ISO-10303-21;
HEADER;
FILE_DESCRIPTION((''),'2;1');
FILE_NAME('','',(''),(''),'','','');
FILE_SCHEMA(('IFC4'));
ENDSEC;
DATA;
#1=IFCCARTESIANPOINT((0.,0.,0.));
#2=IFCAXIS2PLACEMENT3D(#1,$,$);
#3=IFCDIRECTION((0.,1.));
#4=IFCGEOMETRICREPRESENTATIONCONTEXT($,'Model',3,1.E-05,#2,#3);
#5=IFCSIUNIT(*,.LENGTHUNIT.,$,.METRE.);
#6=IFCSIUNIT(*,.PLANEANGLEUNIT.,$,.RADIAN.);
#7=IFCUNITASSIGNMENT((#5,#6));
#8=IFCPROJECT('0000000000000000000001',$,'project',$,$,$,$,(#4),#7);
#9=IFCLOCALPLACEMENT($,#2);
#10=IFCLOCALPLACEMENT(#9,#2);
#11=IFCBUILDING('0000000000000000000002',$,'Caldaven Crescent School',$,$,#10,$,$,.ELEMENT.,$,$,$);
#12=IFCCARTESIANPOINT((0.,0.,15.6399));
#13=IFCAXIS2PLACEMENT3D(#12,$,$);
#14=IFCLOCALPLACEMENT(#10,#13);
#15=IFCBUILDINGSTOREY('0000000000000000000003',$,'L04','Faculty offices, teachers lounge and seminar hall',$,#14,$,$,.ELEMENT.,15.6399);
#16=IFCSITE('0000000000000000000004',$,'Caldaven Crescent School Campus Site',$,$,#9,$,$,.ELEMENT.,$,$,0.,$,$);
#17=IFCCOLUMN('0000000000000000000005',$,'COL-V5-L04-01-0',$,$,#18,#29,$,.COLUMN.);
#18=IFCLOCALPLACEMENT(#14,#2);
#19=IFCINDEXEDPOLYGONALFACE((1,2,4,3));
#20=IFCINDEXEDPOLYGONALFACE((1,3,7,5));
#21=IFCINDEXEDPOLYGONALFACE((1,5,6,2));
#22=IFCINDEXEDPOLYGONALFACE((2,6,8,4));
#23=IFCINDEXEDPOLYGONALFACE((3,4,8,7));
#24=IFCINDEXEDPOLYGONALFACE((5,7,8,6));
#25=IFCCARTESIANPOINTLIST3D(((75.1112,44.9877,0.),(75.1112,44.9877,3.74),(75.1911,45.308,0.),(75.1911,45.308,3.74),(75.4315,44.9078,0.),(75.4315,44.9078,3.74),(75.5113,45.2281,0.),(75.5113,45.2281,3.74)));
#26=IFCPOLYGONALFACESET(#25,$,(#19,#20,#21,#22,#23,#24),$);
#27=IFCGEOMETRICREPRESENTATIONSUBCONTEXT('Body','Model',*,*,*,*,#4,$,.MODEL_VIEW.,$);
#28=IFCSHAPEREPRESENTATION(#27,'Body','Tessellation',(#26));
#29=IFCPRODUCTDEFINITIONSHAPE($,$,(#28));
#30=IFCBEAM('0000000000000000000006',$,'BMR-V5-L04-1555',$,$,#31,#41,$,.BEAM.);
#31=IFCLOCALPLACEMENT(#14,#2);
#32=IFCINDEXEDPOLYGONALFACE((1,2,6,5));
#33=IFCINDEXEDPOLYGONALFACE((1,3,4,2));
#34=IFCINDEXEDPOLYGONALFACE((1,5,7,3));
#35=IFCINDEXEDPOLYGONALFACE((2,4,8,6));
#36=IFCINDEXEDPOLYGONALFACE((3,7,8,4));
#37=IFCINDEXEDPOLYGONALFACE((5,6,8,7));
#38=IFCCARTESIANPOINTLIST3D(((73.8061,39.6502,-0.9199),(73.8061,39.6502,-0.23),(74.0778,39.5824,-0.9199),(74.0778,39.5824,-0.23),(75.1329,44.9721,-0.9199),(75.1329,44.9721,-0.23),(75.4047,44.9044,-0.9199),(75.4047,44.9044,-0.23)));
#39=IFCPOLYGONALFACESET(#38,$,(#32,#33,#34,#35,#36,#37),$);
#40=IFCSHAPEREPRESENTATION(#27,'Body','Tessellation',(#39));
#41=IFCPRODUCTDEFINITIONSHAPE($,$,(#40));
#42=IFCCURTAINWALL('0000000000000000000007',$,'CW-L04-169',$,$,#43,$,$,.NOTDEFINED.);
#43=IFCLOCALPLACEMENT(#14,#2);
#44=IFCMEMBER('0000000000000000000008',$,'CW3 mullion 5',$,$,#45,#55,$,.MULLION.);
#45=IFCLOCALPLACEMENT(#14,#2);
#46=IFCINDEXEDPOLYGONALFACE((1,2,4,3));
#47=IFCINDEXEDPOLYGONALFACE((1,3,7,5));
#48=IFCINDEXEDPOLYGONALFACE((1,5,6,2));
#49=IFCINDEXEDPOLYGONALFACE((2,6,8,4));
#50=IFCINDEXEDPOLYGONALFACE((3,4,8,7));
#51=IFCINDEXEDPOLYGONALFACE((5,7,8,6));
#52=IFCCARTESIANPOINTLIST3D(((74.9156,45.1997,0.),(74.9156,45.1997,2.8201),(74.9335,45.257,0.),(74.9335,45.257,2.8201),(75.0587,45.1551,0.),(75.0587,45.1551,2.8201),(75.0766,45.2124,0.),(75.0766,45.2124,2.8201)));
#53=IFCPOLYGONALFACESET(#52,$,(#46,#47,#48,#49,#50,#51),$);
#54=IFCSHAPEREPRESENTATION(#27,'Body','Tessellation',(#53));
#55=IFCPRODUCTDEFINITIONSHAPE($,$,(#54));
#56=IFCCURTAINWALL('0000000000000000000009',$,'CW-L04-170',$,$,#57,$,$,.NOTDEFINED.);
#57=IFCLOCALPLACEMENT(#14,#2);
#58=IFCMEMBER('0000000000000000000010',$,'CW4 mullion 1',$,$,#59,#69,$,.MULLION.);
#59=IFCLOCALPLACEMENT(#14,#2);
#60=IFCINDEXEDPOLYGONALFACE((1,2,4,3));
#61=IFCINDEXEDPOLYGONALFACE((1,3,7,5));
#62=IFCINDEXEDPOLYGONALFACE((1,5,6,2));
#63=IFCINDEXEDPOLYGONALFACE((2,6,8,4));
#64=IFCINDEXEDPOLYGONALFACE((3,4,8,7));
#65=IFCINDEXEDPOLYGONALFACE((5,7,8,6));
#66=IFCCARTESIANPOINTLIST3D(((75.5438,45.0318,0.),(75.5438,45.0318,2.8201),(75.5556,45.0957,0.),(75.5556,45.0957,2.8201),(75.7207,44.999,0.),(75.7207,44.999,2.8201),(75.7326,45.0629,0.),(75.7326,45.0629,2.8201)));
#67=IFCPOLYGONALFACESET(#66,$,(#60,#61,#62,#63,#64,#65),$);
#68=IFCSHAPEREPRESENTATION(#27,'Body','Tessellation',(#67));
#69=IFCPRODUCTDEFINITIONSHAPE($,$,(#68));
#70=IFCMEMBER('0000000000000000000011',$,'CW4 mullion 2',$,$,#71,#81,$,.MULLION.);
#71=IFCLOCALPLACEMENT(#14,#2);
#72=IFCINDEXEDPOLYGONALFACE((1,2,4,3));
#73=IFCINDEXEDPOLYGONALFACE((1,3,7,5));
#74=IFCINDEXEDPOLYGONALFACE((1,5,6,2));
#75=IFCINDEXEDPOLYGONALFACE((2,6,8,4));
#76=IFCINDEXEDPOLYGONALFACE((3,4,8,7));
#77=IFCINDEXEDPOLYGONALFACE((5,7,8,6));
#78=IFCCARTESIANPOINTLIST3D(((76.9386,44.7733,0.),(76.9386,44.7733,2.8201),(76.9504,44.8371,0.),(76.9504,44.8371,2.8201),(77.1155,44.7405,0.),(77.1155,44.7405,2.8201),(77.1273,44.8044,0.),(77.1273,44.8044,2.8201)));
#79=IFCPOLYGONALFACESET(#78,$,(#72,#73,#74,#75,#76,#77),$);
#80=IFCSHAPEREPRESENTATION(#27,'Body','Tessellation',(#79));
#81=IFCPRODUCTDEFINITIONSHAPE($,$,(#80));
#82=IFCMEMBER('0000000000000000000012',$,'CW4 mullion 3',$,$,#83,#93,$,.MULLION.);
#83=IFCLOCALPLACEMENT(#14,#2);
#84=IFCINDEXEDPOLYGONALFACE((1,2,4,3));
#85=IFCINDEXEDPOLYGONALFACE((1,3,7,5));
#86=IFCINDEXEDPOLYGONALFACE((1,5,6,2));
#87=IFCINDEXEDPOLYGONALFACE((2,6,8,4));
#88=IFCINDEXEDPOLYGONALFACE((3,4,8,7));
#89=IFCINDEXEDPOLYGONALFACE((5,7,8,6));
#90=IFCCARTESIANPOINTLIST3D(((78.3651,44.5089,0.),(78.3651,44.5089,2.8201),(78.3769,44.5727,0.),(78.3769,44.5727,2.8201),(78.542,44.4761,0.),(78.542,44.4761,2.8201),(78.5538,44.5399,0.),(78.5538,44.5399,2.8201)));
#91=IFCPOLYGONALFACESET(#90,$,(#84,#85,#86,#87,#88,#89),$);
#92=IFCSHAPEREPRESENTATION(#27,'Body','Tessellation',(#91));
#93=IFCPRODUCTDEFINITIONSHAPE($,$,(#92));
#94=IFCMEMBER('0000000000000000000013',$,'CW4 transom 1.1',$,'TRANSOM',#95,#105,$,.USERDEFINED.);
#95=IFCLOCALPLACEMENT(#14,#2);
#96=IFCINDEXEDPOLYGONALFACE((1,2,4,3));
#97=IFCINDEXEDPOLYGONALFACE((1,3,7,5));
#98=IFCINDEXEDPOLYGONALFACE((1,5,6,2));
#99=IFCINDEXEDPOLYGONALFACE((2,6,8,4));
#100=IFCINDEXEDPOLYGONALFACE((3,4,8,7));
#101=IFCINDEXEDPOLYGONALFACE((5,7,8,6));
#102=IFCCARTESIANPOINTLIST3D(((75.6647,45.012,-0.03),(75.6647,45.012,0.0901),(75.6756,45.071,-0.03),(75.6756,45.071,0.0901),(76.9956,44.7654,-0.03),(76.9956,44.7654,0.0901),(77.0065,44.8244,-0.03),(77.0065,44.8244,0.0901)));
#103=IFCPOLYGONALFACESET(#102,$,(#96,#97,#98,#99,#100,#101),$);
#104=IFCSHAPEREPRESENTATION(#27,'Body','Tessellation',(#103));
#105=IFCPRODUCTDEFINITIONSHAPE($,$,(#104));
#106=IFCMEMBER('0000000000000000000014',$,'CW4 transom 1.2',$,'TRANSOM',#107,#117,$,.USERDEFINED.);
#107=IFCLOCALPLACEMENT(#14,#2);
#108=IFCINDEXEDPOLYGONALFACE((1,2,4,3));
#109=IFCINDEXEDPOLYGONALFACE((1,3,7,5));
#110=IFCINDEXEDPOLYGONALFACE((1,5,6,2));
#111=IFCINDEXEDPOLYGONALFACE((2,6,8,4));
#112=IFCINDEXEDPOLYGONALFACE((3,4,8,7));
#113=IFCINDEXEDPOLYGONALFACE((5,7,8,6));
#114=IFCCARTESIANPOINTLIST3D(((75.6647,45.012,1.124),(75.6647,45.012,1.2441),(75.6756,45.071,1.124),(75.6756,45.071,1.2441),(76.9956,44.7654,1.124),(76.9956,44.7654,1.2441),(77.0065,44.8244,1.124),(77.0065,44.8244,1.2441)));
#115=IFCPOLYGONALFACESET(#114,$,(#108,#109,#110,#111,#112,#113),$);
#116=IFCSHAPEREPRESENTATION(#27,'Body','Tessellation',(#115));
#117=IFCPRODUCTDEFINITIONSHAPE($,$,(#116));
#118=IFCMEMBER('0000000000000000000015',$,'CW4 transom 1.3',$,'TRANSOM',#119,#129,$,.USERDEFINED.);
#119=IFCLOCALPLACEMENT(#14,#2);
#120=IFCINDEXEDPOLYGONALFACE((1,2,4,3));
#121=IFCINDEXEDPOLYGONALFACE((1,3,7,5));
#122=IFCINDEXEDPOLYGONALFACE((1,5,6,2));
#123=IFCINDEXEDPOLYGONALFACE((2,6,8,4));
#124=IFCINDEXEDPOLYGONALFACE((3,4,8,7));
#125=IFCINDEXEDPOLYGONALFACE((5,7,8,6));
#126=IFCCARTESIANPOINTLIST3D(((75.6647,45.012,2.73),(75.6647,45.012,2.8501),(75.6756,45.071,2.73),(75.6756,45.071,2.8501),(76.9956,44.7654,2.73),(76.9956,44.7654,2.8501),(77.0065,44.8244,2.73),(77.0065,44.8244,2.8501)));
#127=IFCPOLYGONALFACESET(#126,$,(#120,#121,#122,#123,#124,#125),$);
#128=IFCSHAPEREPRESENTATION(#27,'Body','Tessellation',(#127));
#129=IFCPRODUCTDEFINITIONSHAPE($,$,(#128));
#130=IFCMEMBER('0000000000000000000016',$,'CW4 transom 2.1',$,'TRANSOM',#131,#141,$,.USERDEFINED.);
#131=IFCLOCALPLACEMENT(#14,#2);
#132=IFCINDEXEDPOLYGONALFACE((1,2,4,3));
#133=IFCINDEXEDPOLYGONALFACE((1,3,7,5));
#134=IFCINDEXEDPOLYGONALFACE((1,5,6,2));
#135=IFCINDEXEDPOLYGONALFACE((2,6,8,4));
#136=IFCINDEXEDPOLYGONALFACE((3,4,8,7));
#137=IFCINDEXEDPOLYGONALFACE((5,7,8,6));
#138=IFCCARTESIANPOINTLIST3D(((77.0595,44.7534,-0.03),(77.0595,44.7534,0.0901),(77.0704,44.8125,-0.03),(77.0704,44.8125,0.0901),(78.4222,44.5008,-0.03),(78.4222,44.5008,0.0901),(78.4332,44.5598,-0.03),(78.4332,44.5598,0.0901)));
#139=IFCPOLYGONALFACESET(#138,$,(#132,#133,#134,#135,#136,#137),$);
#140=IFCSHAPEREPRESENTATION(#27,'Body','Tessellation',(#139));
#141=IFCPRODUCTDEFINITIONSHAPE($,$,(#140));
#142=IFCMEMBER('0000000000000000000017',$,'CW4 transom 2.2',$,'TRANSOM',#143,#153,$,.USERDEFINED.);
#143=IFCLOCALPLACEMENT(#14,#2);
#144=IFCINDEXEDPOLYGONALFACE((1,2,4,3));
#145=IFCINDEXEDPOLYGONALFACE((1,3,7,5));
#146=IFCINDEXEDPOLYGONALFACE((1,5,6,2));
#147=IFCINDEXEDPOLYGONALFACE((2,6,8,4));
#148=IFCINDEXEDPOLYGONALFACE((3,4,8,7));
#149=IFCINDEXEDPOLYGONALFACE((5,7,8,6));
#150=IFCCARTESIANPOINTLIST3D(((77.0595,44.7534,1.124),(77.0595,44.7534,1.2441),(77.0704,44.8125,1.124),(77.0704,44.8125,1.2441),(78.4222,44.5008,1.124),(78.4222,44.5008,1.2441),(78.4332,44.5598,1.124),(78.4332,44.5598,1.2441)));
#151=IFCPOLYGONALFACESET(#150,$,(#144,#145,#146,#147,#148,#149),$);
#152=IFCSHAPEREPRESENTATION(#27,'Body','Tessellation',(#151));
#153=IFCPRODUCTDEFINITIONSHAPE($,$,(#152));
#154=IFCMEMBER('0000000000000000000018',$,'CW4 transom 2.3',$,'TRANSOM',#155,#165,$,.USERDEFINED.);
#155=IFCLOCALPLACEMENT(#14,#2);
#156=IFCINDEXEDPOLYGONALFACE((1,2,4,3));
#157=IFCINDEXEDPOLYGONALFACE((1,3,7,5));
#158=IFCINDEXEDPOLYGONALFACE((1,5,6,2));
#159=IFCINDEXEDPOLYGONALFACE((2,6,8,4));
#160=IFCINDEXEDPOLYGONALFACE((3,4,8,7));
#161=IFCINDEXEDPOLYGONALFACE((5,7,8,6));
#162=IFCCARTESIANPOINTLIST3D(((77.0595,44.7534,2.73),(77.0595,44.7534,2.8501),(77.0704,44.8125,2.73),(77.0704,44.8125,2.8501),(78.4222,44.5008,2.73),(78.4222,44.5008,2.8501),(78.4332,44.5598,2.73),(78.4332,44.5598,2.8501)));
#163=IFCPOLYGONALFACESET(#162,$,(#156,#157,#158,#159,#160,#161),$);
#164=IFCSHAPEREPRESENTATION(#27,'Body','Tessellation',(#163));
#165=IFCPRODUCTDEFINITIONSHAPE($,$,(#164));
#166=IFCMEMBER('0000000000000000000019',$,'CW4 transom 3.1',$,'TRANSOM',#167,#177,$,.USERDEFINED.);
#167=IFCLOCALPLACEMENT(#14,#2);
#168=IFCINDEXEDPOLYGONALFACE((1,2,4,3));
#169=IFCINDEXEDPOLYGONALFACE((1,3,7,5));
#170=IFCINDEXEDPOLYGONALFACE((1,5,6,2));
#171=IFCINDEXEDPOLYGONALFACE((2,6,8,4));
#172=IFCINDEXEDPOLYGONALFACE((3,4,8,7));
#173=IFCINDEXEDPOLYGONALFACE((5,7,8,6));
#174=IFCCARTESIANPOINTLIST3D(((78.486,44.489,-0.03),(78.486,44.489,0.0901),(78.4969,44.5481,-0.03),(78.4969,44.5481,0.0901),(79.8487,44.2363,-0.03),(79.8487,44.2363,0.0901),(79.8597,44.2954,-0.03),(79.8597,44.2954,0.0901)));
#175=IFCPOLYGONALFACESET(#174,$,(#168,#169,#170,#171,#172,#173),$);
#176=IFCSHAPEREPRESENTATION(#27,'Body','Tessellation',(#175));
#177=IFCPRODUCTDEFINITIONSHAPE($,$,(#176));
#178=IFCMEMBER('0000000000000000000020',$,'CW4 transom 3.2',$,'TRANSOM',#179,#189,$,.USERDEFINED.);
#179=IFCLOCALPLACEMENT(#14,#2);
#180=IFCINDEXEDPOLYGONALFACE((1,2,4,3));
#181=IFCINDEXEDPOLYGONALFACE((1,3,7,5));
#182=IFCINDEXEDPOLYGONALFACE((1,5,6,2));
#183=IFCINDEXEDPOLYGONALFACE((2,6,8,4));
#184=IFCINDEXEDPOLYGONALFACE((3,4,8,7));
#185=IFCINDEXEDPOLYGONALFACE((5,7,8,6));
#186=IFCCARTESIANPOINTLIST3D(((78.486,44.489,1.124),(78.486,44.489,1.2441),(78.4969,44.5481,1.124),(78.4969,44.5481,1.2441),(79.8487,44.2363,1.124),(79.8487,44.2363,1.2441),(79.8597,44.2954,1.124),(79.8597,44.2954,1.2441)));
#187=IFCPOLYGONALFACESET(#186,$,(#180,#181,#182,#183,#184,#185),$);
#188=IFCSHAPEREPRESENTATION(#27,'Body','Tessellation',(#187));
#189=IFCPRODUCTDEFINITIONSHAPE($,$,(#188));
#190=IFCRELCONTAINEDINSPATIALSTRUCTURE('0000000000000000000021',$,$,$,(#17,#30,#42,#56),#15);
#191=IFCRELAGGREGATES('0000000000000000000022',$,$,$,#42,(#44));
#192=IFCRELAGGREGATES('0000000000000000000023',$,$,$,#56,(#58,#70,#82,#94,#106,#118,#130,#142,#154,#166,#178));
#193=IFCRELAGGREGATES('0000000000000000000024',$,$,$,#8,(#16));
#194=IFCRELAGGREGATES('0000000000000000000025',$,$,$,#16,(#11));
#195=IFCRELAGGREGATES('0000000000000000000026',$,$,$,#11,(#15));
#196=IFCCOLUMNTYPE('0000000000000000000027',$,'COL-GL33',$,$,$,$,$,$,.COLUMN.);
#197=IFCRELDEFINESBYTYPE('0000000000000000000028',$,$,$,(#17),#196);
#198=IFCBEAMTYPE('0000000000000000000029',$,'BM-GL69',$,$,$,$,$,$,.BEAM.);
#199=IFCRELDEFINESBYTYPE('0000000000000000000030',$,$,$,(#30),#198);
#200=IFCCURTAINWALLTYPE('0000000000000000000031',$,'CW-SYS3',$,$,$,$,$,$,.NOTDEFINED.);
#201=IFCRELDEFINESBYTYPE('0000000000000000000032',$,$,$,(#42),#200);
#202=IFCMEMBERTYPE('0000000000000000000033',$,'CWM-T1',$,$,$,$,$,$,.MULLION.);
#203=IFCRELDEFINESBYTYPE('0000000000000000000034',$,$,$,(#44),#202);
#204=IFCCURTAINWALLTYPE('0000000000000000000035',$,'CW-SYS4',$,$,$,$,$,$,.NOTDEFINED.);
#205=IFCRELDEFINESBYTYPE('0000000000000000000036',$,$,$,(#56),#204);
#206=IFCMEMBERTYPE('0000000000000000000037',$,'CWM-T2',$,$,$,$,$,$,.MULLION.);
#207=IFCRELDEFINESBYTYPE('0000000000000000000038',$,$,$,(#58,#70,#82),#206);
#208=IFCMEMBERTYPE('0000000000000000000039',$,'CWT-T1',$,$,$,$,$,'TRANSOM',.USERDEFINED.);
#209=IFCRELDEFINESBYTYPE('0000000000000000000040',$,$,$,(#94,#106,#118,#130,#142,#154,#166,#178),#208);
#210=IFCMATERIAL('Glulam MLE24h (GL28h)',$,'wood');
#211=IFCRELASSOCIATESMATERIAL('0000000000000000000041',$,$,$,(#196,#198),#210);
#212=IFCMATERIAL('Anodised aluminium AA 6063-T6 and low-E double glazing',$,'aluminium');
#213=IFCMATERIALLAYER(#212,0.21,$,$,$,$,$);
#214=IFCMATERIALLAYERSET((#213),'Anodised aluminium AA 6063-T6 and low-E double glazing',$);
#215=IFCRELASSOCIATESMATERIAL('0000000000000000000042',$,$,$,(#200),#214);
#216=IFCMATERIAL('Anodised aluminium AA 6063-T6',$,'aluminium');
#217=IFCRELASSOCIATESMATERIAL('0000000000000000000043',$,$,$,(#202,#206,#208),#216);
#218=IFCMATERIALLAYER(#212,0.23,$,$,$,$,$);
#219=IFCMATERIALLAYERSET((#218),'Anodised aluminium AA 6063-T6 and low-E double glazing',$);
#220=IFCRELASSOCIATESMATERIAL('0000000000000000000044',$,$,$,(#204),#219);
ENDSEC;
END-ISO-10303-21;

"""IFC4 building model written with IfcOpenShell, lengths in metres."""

from ifc_helpers import new_model, si_unit, direction, frame, origin, origin_2d, place, context, subcontext, project, spatial, rectangle, extrude, material, layer, layer_set, material_profile, profile_set, type_object, element, aggregate, save


model = new_model("IFC4")

# Units and contexts
model_context = context("Model", 3, precision=1e-05, world=origin(), true_north=direction((0.0, 1.0)))
body_context = subcontext(model_context, "Body", "Model", "MODEL_VIEW")
ifc_project = project(units=[si_unit("LENGTHUNIT", "METRE"), si_unit("PLANEANGLEUNIT", "RADIAN")], contexts=[model_context])

# Site, building, storey
site_placement = place(None, origin())
site = spatial("IfcSite", under=ifc_project, at=site_placement, Name="Caldaven Crescent School Campus Site", CompositionType="ELEMENT", RefElevation=0.0)
building_placement = place(site_placement, origin())
building = spatial("IfcBuilding", under=site, at=building_placement, Name="Caldaven Crescent School", CompositionType="ELEMENT")
storey_placement = place(building_placement, frame((0.0, 0.0, 15.6399)))
storey = spatial("IfcBuildingStorey", under=building, at=storey_placement, Name="L04", Description="Faculty offices, teachers lounge and seminar hall", CompositionType="ELEMENT", Elevation=15.6399)

# Column
ifc_material_1 = material(Name="Glulam MLE24h (GL28h)", Category="wood")
ifc_material_profile_1 = material_profile(ifc_material_1, rectangle(XDim=0.3301, YDim=0.3301, at=origin_2d()), Name="MLE 330x330")
ifc_profile_set_1 = profile_set([ifc_material_profile_1], Name="Glulam MLE24h (GL28h)")
column_type = type_object("IfcColumnType", Name="COL-GL33", PredefinedType="COLUMN", material=ifc_profile_set_1)
column_placement = place(storey_placement, frame((75.3113, 45.1079, 0.0), z_axis=(0.0, 0.0, 1.0), x_axis=(-0.241922, -0.970296, 0.0)))
element("IfcColumn", 1, at=column_placement, inside=storey, type_object=column_type, Name="COL-V5-L04-01-0", PredefinedType="COLUMN", context=body_context, shape_type="SweptSolid", body=[
    extrude(rectangle(XDim=0.3301, YDim=0.3301, at=origin_2d()), origin(), (0.0, 0.0, 1.0), 3.74),
])

# Beam
ifc_material_profile_2 = material_profile(ifc_material_1, rectangle(XDim=0.28, YDim=0.6899, at=origin_2d()), Name="MLE 280x690")
ifc_profile_set_2 = profile_set([ifc_material_profile_2], Name="Glulam MLE24h (GL28h)")
beam_type_1 = type_object("IfcBeamType", Name="BM-GL69", PredefinedType="BEAM", material=ifc_profile_set_2)
beam_1_placement = place(storey_placement, frame((75.2688, 44.9382, -0.575), z_axis=(-0.241918, -0.970297, 0.0), x_axis=(0.970297, -0.241918, 0.0)))
element("IfcBeam", 2, at=beam_1_placement, inside=storey, type_object=beam_type_1, Name="BMR-V5-L04-1555", PredefinedType="BEAM", context=body_context, shape_type="SweptSolid", body=[
    extrude(rectangle(XDim=0.28, YDim=0.6899, at=origin_2d()), origin(), (0.0, 0.0, 1.0), 5.4849),
])

# Curtain wall, member
ifc_material_2 = material(Name="Anodised aluminium AA 6063-T6 and low-E double glazing", Category="aluminium")
ifc_layer_1 = layer(ifc_material_2, 0.21)
ifc_layer_set_1 = layer_set([ifc_layer_1], Name="Anodised aluminium AA 6063-T6 and low-E double glazing")
curtain_wall_type_1 = type_object("IfcCurtainWallType", Name="CW-SYS3", PredefinedType="NOTDEFINED", material=ifc_layer_set_1)
curtain_wall_1_placement = place(storey_placement, origin())
curtain_wall_1 = element("IfcCurtainWall", 3, at=curtain_wall_1_placement, inside=storey, type_object=curtain_wall_type_1, Name="CW-L04-169", PredefinedType="NOTDEFINED")
ifc_material_3 = material(Name="Anodised aluminium AA 6063-T6", Category="aluminium")
ifc_material_profile_3 = material_profile(ifc_material_3, rectangle(XDim=0.0601, YDim=0.1499, at=origin_2d()), Name="CWM 60x150")
ifc_profile_set_3 = profile_set([ifc_material_profile_3], Name="Anodised aluminium AA 6063-T6")
member_type_1 = type_object("IfcMemberType", Name="CWM-T1", PredefinedType="MULLION", material=ifc_profile_set_3)
member_1_placement = place(storey_placement, frame((74.9961, 45.2061, 0.0), z_axis=(0.0, 0.0, 1.0), x_axis=(0.29742, 0.954747, 0.0)))
member_1 = element("IfcMember", 4, at=member_1_placement, type_object=member_type_1, Name="CW3 mullion 5", PredefinedType="MULLION", context=body_context, shape_type="SweptSolid", body=[
    extrude(rectangle(XDim=0.0601, YDim=0.1499, at=origin_2d()), origin(), (0.0, 0.0, 1.0), 2.8201),
])
aggregate(curtain_wall_1, [member_1])

# Curtain wall, members
ifc_layer_2 = layer(ifc_material_2, 0.23)
ifc_layer_set_2 = layer_set([ifc_layer_2], Name="Anodised aluminium AA 6063-T6 and low-E double glazing")
curtain_wall_type_2 = type_object("IfcCurtainWallType", Name="CW-SYS4", PredefinedType="NOTDEFINED", material=ifc_layer_set_2)
curtain_wall_2_placement = place(storey_placement, origin())
curtain_wall_2 = element("IfcCurtainWall", 5, at=curtain_wall_2_placement, inside=storey, type_object=curtain_wall_type_2, Name="CW-L04-170", PredefinedType="NOTDEFINED")
ifc_material_profile_4 = material_profile(ifc_material_3, rectangle(XDim=0.0649, YDim=0.1799, at=origin_2d()), Name="CWM 65x180")
ifc_profile_set_4 = profile_set([ifc_material_profile_4], Name="Anodised aluminium AA 6063-T6")
member_type_2 = type_object("IfcMemberType", Name="CWM-T2", PredefinedType="MULLION", material=ifc_profile_set_4)
member_2_placement = place(storey_placement, frame((75.6382, 45.0474, 0.0), z_axis=(0.0, 0.0, 1.0), x_axis=(0.182236, 0.983255, 0.0)))
member_2 = element("IfcMember", 6, at=member_2_placement, type_object=member_type_2, Name="CW4 mullion 1", PredefinedType="MULLION", context=body_context, shape_type="SweptSolid", body=[
    extrude(rectangle(XDim=0.0649, YDim=0.1799, at=origin_2d()), origin(), (0.0, 0.0, 1.0), 2.8201),
])
member_3_placement = place(storey_placement, frame((77.033, 44.7888, 0.0), z_axis=(0.0, 0.0, 1.0), x_axis=(0.182236, 0.983255, 0.0)))
member_3 = element("IfcMember", 7, at=member_3_placement, type_object=member_type_2, Name="CW4 mullion 2", PredefinedType="MULLION", context=body_context, shape_type="SweptSolid", body=[
    extrude(rectangle(XDim=0.0649, YDim=0.1799, at=origin_2d()), origin(), (0.0, 0.0, 1.0), 2.8201),
])
member_4_placement = place(storey_placement, frame((78.4595, 44.5244, 0.0), z_axis=(0.0, 0.0, 1.0), x_axis=(0.182236, 0.983255, 0.0)))
member_4 = element("IfcMember", 8, at=member_4_placement, type_object=member_type_2, Name="CW4 mullion 3", PredefinedType="MULLION", context=body_context, shape_type="SweptSolid", body=[
    extrude(rectangle(XDim=0.0649, YDim=0.1799, at=origin_2d()), origin(), (0.0, 0.0, 1.0), 2.8201),
])
ifc_material_profile_5 = material_profile(ifc_material_3, rectangle(XDim=0.0601, YDim=0.1201, at=origin_2d()), Name="CWT 60x120")
ifc_profile_set_5 = profile_set([ifc_material_profile_5], Name="Anodised aluminium AA 6063-T6")
member_type_3 = type_object("IfcMemberType", Name="CWT-T1", ElementType="TRANSOM", PredefinedType="USERDEFINED", material=ifc_profile_set_5)
member_5_placement = place(storey_placement, frame((75.6702, 45.0415, 0.03), z_axis=(0.983264, -0.182186, 0.0), x_axis=(0.182186, 0.983264, 0.0)))
member_5 = element("IfcMember", 9, at=member_5_placement, type_object=member_type_3, Name="CW4 transom 1.1", ObjectType="TRANSOM", PredefinedType="USERDEFINED", context=body_context, shape_type="SweptSolid", body=[
    extrude(rectangle(XDim=0.0601, YDim=0.1201, at=origin_2d()), origin(), (0.0, 0.0, 1.0), 1.3535),
])
member_6_placement = place(storey_placement, frame((75.6702, 45.0415, 1.1841), z_axis=(0.983264, -0.182186, 0.0), x_axis=(0.182186, 0.983264, 0.0)))
member_6 = element("IfcMember", 10, at=member_6_placement, type_object=member_type_3, Name="CW4 transom 1.2", ObjectType="TRANSOM", PredefinedType="USERDEFINED", context=body_context, shape_type="SweptSolid", body=[
    extrude(rectangle(XDim=0.0601, YDim=0.1201, at=origin_2d()), origin(), (0.0, 0.0, 1.0), 1.3535),
])
member_7_placement = place(storey_placement, frame((75.6702, 45.0415, 2.79), z_axis=(0.983264, -0.182186, 0.0), x_axis=(0.182186, 0.983264, 0.0)))
member_7 = element("IfcMember", 11, at=member_7_placement, type_object=member_type_3, Name="CW4 transom 1.3", ObjectType="TRANSOM", PredefinedType="USERDEFINED", context=body_context, shape_type="SweptSolid", body=[
    extrude(rectangle(XDim=0.0601, YDim=0.1201, at=origin_2d()), origin(), (0.0, 0.0, 1.0), 1.3535),
])
member_8_placement = place(storey_placement, frame((77.0649, 44.783, 0.03), z_axis=(0.983241, -0.18231, 0.0), x_axis=(0.18231, 0.983241, 0.0)))
member_8 = element("IfcMember", 12, at=member_8_placement, type_object=member_type_3, Name="CW4 transom 2.1", ObjectType="TRANSOM", PredefinedType="USERDEFINED", context=body_context, shape_type="SweptSolid", body=[
    extrude(rectangle(XDim=0.0601, YDim=0.1201, at=origin_2d()), origin(), (0.0, 0.0, 1.0), 1.386),
])
member_9_placement = place(storey_placement, frame((77.0649, 44.783, 1.1841), z_axis=(0.983241, -0.18231, 0.0), x_axis=(0.18231, 0.983241, 0.0)))
member_9 = element("IfcMember", 13, at=member_9_placement, type_object=member_type_3, Name="CW4 transom 2.2", ObjectType="TRANSOM", PredefinedType="USERDEFINED", context=body_context, shape_type="SweptSolid", body=[
    extrude(rectangle(XDim=0.0601, YDim=0.1201, at=origin_2d()), origin(), (0.0, 0.0, 1.0), 1.386),
])
member_10_placement = place(storey_placement, frame((77.0649, 44.783, 2.79), z_axis=(0.983241, -0.18231, 0.0), x_axis=(0.18231, 0.983241, 0.0)))
member_10 = element("IfcMember", 14, at=member_10_placement, type_object=member_type_3, Name="CW4 transom 2.3", ObjectType="TRANSOM", PredefinedType="USERDEFINED", context=body_context, shape_type="SweptSolid", body=[
    extrude(rectangle(XDim=0.0601, YDim=0.1201, at=origin_2d()), origin(), (0.0, 0.0, 1.0), 1.386),
])
member_11_placement = place(storey_placement, frame((78.4915, 44.5186, 0.03), z_axis=(0.983241, -0.18231, 0.0), x_axis=(0.18231, 0.983241, 0.0)))
member_11 = element("IfcMember", 15, at=member_11_placement, type_object=member_type_3, Name="CW4 transom 3.1", ObjectType="TRANSOM", PredefinedType="USERDEFINED", context=body_context, shape_type="SweptSolid", body=[
    extrude(rectangle(XDim=0.0601, YDim=0.1201, at=origin_2d()), origin(), (0.0, 0.0, 1.0), 1.386),
])
member_12_placement = place(storey_placement, frame((78.4915, 44.5186, 1.1841), z_axis=(0.983241, -0.18231, 0.0), x_axis=(0.18231, 0.983241, 0.0)))
member_12 = element("IfcMember", 16, at=member_12_placement, type_object=member_type_3, Name="CW4 transom 3.2", ObjectType="TRANSOM", PredefinedType="USERDEFINED", context=body_context, shape_type="SweptSolid", body=[
    extrude(rectangle(XDim=0.0601, YDim=0.1201, at=origin_2d()), origin(), (0.0, 0.0, 1.0), 1.386),
])

aggregate(curtain_wall_2, [member_2, member_3, member_4, member_5, member_6, member_7, member_8, member_9, member_10, member_11, member_12])

save(model, "model.ifc")
